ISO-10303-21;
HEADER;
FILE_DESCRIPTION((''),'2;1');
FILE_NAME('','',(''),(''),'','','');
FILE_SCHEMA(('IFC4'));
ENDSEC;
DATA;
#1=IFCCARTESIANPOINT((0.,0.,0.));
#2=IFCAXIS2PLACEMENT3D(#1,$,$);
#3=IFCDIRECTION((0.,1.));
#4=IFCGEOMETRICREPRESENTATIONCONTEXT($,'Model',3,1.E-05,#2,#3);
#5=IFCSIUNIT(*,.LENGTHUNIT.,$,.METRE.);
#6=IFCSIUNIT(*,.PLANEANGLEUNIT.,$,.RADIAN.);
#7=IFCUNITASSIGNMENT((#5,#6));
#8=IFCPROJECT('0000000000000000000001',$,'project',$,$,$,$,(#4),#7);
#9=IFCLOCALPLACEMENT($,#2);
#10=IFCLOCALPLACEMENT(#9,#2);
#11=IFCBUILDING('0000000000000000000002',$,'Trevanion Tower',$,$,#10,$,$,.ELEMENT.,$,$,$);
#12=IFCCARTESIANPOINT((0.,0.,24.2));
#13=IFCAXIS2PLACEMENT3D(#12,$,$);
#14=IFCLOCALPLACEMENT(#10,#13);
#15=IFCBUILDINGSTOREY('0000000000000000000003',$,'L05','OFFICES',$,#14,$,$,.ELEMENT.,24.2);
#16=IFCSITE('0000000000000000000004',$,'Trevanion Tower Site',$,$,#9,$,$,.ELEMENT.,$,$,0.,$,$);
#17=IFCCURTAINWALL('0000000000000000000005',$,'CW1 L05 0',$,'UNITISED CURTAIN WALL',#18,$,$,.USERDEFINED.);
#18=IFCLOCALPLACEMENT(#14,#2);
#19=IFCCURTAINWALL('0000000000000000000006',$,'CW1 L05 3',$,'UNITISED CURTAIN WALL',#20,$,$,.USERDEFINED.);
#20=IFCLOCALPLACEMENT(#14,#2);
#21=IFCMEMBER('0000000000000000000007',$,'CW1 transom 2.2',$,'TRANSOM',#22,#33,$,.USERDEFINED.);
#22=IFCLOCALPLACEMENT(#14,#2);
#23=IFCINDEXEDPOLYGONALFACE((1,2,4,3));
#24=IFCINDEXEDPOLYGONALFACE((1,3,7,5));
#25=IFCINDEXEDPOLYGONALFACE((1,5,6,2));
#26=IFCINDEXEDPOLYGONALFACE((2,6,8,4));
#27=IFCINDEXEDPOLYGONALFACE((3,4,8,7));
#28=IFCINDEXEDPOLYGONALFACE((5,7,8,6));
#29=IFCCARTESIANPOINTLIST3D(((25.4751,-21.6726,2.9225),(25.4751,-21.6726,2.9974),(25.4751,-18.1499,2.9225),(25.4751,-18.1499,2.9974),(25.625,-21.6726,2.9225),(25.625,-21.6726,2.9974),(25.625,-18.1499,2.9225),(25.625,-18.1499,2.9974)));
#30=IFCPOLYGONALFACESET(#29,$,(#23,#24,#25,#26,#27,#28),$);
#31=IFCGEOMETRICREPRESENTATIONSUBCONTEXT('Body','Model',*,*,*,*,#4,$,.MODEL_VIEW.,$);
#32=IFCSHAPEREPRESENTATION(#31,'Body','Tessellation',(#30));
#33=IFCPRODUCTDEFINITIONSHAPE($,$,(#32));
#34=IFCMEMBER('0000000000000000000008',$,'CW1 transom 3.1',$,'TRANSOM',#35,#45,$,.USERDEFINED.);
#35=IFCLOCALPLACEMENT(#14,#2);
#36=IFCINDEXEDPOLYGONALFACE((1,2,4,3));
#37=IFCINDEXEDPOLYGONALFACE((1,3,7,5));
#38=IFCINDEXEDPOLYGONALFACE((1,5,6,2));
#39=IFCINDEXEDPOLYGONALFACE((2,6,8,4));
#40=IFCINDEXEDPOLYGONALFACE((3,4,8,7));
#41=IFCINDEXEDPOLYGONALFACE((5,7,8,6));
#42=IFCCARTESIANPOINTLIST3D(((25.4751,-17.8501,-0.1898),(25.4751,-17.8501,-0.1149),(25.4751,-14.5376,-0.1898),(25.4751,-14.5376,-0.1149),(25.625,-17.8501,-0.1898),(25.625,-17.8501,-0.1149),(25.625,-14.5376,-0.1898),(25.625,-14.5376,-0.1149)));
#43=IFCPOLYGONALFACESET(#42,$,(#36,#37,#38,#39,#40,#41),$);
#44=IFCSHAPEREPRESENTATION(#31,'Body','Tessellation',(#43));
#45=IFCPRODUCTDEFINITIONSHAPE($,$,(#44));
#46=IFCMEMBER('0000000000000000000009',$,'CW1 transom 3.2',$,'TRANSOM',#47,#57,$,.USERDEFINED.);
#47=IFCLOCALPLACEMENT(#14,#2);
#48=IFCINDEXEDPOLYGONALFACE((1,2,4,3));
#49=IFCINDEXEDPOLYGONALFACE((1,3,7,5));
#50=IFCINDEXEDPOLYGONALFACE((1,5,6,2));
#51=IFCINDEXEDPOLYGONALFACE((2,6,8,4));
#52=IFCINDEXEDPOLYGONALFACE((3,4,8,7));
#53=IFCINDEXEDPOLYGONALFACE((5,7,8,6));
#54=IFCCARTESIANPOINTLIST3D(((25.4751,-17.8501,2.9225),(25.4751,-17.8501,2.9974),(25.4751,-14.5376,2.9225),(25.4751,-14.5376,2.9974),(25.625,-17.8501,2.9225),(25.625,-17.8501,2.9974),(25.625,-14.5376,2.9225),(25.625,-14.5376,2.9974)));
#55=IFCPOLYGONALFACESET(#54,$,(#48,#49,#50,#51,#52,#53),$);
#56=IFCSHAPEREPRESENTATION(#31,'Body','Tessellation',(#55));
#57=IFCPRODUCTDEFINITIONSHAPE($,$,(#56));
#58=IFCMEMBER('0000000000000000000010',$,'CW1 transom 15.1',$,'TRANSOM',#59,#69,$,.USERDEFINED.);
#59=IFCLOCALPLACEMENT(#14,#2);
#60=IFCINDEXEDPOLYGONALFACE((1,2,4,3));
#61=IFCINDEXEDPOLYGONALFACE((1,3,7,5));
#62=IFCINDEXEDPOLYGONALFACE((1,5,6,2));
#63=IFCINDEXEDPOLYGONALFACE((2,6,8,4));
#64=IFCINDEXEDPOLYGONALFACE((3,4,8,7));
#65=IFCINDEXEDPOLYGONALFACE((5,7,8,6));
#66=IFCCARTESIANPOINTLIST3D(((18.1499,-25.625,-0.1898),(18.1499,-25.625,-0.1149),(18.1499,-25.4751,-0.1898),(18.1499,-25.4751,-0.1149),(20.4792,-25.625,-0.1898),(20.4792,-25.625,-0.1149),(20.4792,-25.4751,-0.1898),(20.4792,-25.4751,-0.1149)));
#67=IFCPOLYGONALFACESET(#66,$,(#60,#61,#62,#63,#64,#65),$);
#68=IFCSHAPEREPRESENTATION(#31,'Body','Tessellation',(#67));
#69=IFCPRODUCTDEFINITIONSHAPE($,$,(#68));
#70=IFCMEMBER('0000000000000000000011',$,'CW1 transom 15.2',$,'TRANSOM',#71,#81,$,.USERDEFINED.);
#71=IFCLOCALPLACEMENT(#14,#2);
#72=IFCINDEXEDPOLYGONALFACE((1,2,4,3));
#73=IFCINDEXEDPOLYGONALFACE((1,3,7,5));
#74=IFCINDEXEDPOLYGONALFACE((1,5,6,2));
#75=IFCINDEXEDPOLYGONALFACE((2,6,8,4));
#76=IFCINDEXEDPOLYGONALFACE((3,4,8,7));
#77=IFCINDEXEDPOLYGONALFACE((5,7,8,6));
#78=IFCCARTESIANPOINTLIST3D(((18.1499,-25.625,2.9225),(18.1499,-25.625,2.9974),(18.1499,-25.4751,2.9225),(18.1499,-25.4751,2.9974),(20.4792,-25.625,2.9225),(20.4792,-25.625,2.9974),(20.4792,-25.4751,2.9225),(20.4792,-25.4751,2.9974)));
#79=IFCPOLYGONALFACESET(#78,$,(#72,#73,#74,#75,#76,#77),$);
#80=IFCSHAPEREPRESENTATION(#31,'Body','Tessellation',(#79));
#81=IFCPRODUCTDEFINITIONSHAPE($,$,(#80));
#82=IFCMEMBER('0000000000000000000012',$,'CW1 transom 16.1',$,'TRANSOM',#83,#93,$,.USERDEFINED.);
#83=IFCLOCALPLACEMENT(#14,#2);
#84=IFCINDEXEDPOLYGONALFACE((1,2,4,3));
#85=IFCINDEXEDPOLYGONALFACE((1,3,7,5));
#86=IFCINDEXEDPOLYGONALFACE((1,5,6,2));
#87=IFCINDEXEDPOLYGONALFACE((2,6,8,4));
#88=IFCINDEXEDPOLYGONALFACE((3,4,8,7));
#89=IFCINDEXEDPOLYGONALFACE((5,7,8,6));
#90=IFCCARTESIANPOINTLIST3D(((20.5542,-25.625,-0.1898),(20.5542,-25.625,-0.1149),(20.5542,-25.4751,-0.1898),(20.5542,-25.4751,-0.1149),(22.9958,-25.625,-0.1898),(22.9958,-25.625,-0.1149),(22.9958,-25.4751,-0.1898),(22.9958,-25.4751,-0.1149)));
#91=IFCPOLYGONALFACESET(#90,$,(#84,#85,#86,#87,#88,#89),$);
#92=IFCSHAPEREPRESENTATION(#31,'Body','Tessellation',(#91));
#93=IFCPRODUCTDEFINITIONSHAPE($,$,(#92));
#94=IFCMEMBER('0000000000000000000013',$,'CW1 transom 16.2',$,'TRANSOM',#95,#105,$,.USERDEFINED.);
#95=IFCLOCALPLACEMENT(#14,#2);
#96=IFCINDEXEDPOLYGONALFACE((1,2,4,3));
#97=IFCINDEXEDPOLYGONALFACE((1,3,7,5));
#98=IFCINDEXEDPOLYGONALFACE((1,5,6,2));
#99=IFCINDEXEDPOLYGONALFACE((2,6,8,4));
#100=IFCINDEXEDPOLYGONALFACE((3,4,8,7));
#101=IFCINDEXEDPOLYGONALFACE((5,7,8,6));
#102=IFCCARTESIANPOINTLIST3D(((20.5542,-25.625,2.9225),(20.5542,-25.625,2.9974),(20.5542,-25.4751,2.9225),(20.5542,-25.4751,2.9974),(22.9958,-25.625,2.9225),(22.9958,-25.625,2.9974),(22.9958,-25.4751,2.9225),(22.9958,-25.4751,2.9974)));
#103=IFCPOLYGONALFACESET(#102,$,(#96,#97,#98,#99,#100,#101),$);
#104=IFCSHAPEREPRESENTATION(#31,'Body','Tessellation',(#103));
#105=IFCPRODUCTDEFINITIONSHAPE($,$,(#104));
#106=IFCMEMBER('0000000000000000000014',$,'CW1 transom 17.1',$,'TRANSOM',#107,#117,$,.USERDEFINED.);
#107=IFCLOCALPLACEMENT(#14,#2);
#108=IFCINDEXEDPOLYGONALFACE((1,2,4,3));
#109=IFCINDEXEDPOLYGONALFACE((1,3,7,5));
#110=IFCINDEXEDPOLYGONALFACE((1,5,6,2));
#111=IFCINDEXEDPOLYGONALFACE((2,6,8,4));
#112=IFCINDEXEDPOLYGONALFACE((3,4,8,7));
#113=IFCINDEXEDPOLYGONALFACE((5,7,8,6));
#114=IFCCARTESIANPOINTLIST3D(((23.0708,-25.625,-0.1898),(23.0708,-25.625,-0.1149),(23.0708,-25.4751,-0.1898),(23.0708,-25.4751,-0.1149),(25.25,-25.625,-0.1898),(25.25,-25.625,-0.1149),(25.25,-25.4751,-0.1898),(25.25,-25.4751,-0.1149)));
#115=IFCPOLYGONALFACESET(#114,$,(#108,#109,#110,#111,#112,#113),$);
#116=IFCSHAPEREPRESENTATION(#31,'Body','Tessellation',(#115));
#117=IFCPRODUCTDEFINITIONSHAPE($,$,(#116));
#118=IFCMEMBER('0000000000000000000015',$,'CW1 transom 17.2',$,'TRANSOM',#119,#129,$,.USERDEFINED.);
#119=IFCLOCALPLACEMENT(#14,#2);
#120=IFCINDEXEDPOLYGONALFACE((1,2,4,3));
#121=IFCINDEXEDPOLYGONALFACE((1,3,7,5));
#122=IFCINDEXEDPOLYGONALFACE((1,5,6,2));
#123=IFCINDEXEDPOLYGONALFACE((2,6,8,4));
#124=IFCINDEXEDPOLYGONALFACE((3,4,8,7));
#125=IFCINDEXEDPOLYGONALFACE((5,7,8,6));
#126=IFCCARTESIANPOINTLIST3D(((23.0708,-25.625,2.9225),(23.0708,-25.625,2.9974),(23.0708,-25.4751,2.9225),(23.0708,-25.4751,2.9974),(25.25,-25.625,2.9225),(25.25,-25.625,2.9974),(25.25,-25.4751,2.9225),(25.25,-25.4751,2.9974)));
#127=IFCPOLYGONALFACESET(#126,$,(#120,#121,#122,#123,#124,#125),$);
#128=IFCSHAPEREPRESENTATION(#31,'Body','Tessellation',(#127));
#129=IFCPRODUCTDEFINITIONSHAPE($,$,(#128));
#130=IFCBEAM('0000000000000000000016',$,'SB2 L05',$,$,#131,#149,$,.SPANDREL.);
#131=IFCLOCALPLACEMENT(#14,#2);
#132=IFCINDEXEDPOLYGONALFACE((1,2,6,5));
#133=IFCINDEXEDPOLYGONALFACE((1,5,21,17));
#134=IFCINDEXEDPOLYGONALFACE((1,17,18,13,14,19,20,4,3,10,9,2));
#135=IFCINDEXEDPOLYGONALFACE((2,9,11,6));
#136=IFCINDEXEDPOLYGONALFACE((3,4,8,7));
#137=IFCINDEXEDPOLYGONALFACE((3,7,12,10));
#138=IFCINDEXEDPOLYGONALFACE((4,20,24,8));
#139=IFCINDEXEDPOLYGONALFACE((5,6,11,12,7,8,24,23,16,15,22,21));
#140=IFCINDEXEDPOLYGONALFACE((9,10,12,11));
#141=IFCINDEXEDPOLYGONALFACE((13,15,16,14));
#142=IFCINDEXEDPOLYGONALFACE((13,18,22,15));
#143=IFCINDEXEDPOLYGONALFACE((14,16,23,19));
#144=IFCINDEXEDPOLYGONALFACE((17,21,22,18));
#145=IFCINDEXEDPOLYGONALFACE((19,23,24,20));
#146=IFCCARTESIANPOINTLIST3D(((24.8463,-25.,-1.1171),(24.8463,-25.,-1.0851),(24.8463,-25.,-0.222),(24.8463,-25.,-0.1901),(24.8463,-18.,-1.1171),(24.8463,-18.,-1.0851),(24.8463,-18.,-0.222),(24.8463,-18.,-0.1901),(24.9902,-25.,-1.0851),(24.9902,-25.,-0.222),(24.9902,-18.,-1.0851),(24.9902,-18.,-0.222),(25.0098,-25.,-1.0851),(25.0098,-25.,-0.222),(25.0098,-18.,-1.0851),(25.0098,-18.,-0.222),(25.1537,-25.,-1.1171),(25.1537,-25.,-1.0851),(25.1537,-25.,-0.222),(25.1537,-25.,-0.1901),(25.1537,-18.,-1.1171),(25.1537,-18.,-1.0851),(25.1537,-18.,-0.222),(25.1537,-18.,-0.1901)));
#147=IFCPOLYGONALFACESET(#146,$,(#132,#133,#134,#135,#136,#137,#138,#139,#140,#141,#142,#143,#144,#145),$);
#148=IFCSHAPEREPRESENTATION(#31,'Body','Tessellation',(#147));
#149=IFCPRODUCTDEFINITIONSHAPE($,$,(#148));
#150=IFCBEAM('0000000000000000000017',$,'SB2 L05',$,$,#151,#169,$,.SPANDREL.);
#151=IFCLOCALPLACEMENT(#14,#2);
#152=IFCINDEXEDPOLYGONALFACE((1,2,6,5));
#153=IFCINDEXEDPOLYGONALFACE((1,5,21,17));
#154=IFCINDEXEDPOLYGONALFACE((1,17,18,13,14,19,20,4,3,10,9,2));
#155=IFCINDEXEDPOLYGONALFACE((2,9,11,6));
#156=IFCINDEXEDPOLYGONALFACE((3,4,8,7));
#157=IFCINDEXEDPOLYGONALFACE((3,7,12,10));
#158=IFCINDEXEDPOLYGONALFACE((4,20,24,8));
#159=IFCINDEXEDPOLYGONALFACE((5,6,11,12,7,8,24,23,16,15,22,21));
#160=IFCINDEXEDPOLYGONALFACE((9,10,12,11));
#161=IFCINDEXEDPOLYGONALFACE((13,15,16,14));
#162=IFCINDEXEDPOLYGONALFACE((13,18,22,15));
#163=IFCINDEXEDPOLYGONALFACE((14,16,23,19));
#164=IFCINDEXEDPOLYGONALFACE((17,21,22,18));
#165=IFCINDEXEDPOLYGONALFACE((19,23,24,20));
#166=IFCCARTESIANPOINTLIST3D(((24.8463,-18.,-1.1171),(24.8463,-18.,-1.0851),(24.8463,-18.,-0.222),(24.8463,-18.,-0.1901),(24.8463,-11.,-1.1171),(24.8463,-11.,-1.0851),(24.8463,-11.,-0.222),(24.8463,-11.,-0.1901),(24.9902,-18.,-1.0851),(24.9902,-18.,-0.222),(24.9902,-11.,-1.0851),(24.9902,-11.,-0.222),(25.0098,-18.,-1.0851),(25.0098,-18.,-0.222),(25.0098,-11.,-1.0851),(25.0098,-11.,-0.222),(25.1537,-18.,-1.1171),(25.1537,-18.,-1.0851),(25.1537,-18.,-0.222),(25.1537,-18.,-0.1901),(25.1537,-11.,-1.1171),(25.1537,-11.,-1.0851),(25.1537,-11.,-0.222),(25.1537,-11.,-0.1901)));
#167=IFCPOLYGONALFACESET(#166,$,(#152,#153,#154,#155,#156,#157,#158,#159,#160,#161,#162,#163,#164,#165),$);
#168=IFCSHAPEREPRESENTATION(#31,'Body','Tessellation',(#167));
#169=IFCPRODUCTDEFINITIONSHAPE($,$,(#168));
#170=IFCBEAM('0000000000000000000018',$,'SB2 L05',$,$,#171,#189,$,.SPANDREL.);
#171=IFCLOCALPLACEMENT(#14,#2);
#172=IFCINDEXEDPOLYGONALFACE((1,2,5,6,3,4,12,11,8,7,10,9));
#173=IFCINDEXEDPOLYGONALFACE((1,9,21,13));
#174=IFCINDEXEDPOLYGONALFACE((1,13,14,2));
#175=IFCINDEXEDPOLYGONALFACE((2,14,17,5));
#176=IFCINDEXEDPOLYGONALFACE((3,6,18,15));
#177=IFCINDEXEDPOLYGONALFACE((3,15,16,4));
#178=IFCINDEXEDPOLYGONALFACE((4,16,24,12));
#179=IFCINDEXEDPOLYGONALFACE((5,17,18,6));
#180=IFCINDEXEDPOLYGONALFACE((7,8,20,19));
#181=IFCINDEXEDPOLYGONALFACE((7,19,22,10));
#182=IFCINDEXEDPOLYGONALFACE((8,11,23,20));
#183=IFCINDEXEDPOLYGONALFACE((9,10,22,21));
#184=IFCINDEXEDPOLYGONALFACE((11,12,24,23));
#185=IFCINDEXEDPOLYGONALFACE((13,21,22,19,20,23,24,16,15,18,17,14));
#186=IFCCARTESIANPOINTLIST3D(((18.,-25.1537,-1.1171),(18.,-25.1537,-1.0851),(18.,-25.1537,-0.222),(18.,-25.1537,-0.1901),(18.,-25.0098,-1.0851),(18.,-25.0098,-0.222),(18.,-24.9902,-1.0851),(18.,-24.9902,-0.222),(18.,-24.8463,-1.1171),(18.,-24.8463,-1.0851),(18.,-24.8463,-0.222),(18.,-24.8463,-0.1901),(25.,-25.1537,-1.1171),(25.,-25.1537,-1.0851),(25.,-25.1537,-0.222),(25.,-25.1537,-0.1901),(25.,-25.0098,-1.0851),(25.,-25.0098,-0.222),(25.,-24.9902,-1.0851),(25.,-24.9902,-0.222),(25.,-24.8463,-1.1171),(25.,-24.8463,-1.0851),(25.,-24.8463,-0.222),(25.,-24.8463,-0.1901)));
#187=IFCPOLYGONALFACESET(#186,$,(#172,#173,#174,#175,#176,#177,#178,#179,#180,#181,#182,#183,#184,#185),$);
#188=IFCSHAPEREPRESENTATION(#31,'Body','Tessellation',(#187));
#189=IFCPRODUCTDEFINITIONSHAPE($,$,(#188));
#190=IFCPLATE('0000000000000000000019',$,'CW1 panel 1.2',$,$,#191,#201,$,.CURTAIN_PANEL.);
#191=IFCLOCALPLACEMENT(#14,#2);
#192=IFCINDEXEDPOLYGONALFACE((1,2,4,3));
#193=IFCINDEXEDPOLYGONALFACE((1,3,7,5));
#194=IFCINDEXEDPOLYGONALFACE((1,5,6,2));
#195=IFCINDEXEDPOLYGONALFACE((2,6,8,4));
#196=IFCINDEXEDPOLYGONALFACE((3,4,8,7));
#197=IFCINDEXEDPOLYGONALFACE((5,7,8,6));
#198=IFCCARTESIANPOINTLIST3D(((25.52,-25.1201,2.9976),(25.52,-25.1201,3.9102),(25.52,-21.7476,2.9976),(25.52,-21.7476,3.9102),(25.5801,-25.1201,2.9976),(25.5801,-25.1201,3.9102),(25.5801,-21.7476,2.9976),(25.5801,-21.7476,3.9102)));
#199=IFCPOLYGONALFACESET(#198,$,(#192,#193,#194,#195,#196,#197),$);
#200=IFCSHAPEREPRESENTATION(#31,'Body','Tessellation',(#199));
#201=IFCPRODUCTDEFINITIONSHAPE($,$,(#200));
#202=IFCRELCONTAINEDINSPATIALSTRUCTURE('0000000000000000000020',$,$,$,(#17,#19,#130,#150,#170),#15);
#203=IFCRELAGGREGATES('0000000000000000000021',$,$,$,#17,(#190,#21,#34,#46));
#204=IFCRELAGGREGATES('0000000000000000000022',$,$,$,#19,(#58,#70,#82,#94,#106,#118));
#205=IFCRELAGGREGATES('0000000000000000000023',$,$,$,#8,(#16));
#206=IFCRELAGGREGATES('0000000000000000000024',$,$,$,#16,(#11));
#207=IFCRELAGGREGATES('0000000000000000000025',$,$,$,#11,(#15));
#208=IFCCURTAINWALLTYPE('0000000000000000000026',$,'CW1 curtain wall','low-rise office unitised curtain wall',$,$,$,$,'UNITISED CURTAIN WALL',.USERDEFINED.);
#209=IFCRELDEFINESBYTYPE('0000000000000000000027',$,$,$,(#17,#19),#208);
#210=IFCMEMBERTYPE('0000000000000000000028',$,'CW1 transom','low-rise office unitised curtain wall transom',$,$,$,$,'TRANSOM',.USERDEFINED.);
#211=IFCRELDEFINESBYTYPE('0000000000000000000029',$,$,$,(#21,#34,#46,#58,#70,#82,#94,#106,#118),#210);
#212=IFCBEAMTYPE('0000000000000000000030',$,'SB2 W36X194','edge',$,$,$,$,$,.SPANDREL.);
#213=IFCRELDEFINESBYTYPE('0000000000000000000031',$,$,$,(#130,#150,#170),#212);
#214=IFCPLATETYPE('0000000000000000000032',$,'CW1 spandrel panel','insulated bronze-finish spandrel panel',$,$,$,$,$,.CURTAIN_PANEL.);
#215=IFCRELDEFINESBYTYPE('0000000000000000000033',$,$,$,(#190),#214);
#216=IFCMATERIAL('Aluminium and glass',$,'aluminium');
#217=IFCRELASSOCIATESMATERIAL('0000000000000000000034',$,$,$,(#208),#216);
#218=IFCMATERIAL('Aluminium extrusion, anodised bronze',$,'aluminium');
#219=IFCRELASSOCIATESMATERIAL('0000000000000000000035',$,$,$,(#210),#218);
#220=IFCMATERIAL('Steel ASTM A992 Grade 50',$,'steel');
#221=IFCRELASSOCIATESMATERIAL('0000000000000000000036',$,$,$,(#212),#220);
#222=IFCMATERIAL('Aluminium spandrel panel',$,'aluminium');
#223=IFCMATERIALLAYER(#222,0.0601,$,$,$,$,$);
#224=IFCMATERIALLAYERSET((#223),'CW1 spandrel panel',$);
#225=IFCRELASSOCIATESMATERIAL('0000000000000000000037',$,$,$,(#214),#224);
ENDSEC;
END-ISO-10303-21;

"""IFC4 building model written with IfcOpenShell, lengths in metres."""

from ifc_helpers import new_model, si_unit, direction, frame, origin, origin_2d, place, context, subcontext, project, spatial, rectangle, i_section, extrude, material, layer, layer_set, material_profile, profile_set, type_object, element, aggregate, save


model = new_model("IFC4")

# Units and contexts
model_context = context("Model", 3, precision=1e-05, world=origin(), true_north=direction((0.0, 1.0)))
body_context = subcontext(model_context, "Body", "Model", "MODEL_VIEW")
ifc_project = project(units=[si_unit("LENGTHUNIT", "METRE"), si_unit("PLANEANGLEUNIT", "RADIAN")], contexts=[model_context])

# Site, building, storey
site_placement = place(None, origin())
site = spatial("IfcSite", under=ifc_project, at=site_placement, Name="Trevanion Tower Site", CompositionType="ELEMENT", RefElevation=0.0)
building_placement = place(site_placement, origin())
building = spatial("IfcBuilding", under=site, at=building_placement, Name="Trevanion Tower", CompositionType="ELEMENT")
storey_placement = place(building_placement, frame((0.0, 0.0, 24.2)))
storey = spatial("IfcBuildingStorey", under=building, at=storey_placement, Name="L05", Description="OFFICES", CompositionType="ELEMENT", Elevation=24.2)

# Curtain wall
ifc_material_1 = material(Name="Aluminium and glass", Category="aluminium")
curtain_wall_type = type_object("IfcCurtainWallType", Name="CW1 curtain wall", Description="low-rise office unitised curtain wall", ElementType="UNITISED CURTAIN WALL", PredefinedType="USERDEFINED", material=ifc_material_1)
curtain_wall_1_placement = place(storey_placement, origin())
curtain_wall_1 = element("IfcCurtainWall", 1, at=curtain_wall_1_placement, inside=storey, type_object=curtain_wall_type, Name="CW1 L05 0", ObjectType="UNITISED CURTAIN WALL", PredefinedType="USERDEFINED")

# Curtain wall
curtain_wall_2_placement = place(storey_placement, origin())
curtain_wall_2 = element("IfcCurtainWall", 2, at=curtain_wall_2_placement, inside=storey, type_object=curtain_wall_type, Name="CW1 L05 3", ObjectType="UNITISED CURTAIN WALL", PredefinedType="USERDEFINED")

# Members
ifc_material_2 = material(Name="Aluminium extrusion, anodised bronze", Category="aluminium")
ifc_material_profile_1 = material_profile(ifc_material_2, rectangle(XDim=0.1499, YDim=0.075, at=origin_2d()), Name="CW1 transom")
ifc_profile_set_1 = profile_set([ifc_material_profile_1], Name="Aluminium extrusion, anodised bronze")
member_type_1 = type_object("IfcMemberType", Name="CW1 transom", Description="low-rise office unitised curtain wall transom", ElementType="TRANSOM", PredefinedType="USERDEFINED", material=ifc_profile_set_1)
member_1_placement = place(storey_placement, frame((25.55, -21.6726, 2.96), z_axis=(0.0, 1.0, 0.0), x_axis=(-1.0, 0.0, 0.0)))
member_1 = element("IfcMember", 3, at=member_1_placement, type_object=member_type_1, Name="CW1 transom 2.2", ObjectType="TRANSOM", PredefinedType="USERDEFINED", context=body_context, shape_type="SweptSolid", body=[
    extrude(rectangle(XDim=0.1499, YDim=0.075, at=origin_2d()), origin(), (0.0, 0.0, 1.0), 3.5227),
])
member_2_placement = place(storey_placement, frame((25.55, -17.8501, -0.1523), z_axis=(0.0, 1.0, 0.0), x_axis=(-1.0, 0.0, 0.0)))
member_2 = element("IfcMember", 4, at=member_2_placement, type_object=member_type_1, Name="CW1 transom 3.1", ObjectType="TRANSOM", PredefinedType="USERDEFINED", context=body_context, shape_type="SweptSolid", body=[
    extrude(rectangle(XDim=0.1499, YDim=0.075, at=origin_2d()), origin(), (0.0, 0.0, 1.0), 3.3125),
])
member_3_placement = place(storey_placement, frame((25.55, -17.8501, 2.96), z_axis=(0.0, 1.0, 0.0), x_axis=(-1.0, 0.0, 0.0)))
member_3 = element("IfcMember", 5, at=member_3_placement, type_object=member_type_1, Name="CW1 transom 3.2", ObjectType="TRANSOM", PredefinedType="USERDEFINED", context=body_context, shape_type="SweptSolid", body=[
    extrude(rectangle(XDim=0.1499, YDim=0.075, at=origin_2d()), origin(), (0.0, 0.0, 1.0), 3.3125),
])
member_4_placement = place(storey_placement, frame((18.1499, -25.55, -0.1523), z_axis=(1.0, 0.0, 0.0), x_axis=(0.0, 1.0, 0.0)))
member_4 = element("IfcMember", 6, at=member_4_placement, type_object=member_type_1, Name="CW1 transom 15.1", ObjectType="TRANSOM", PredefinedType="USERDEFINED", context=body_context, shape_type="SweptSolid", body=[
    extrude(rectangle(XDim=0.1499, YDim=0.075, at=origin_2d()), origin(), (0.0, 0.0, 1.0), 2.3293),
])
member_5_placement = place(storey_placement, frame((18.1499, -25.55, 2.96), z_axis=(1.0, 0.0, 0.0), x_axis=(0.0, 1.0, 0.0)))
member_5 = element("IfcMember", 7, at=member_5_placement, type_object=member_type_1, Name="CW1 transom 15.2", ObjectType="TRANSOM", PredefinedType="USERDEFINED", context=body_context, shape_type="SweptSolid", body=[
    extrude(rectangle(XDim=0.1499, YDim=0.075, at=origin_2d()), origin(), (0.0, 0.0, 1.0), 2.3293),
])
member_6_placement = place(storey_placement, frame((20.5542, -25.55, -0.1523), z_axis=(1.0, 0.0, 0.0), x_axis=(0.0, 1.0, 0.0)))
member_6 = element("IfcMember", 8, at=member_6_placement, type_object=member_type_1, Name="CW1 transom 16.1", ObjectType="TRANSOM", PredefinedType="USERDEFINED", context=body_context, shape_type="SweptSolid", body=[
    extrude(rectangle(XDim=0.1499, YDim=0.075, at=origin_2d()), origin(), (0.0, 0.0, 1.0), 2.4417),
])
member_7_placement = place(storey_placement, frame((20.5542, -25.55, 2.96), z_axis=(1.0, 0.0, 0.0), x_axis=(0.0, 1.0, 0.0)))
member_7 = element("IfcMember", 9, at=member_7_placement, type_object=member_type_1, Name="CW1 transom 16.2", ObjectType="TRANSOM", PredefinedType="USERDEFINED", context=body_context, shape_type="SweptSolid", body=[
    extrude(rectangle(XDim=0.1499, YDim=0.075, at=origin_2d()), origin(), (0.0, 0.0, 1.0), 2.4417),
])
member_8_placement = place(storey_placement, frame((23.0708, -25.55, -0.1523), z_axis=(1.0, 0.0, 0.0), x_axis=(0.0, 1.0, 0.0)))
member_8 = element("IfcMember", 10, at=member_8_placement, type_object=member_type_1, Name="CW1 transom 17.1", ObjectType="TRANSOM", PredefinedType="USERDEFINED", context=body_context, shape_type="SweptSolid", body=[
    extrude(rectangle(XDim=0.1499, YDim=0.075, at=origin_2d()), origin(), (0.0, 0.0, 1.0), 2.1792),
])
member_9_placement = place(storey_placement, frame((23.0708, -25.55, 2.96), z_axis=(1.0, 0.0, 0.0), x_axis=(0.0, 1.0, 0.0)))
member_9 = element("IfcMember", 11, at=member_9_placement, type_object=member_type_1, Name="CW1 transom 17.2", ObjectType="TRANSOM", PredefinedType="USERDEFINED", context=body_context, shape_type="SweptSolid", body=[
    extrude(rectangle(XDim=0.1499, YDim=0.075, at=origin_2d()), origin(), (0.0, 0.0, 1.0), 2.1792),
])

# Beams
ifc_material_3 = material(Name="Steel ASTM A992 Grade 50", Category="steel")
ifc_material_profile_2 = material_profile(ifc_material_3, i_section(OverallWidth=0.3074, OverallDepth=0.927, WebThickness=0.0195, FlangeThickness=0.032, at=origin_2d()), Name="W36X194")
ifc_profile_set_2 = profile_set([ifc_material_profile_2], Name="Steel ASTM A992 Grade 50")
beam_type = type_object("IfcBeamType", Name="SB2 W36X194", Description="edge", PredefinedType="SPANDREL", material=ifc_profile_set_2)
for number, where, z_axis, x_axis, name in (
    (12, (25.0, -25.0, -0.6536), (0.0, 1.0, 0.0), (-1.0, 0.0, 0.0), "SB2 L05"),
    (13, (25.0, -18.0, -0.6536), (0.0, 1.0, 0.0), (-1.0, 0.0, 0.0), "SB2 L05"),
    (14, (18.0, -25.0, -0.6536), (1.0, 0.0, 0.0), (0.0, 1.0, 0.0), "SB2 L05"),
):
    element("IfcBeam", number, at=place(storey_placement, frame(where, z_axis=z_axis, x_axis=x_axis)), inside=storey, type_object=beam_type, Name=name, PredefinedType="SPANDREL", context=body_context, shape_type="SweptSolid", body=[
        extrude(i_section(OverallWidth=0.3074, OverallDepth=0.927, WebThickness=0.0195, FlangeThickness=0.032, at=origin_2d()), origin(), (0.0, 0.0, 1.0), 7.0),
    ])

# Plate
ifc_material_4 = material(Name="Aluminium spandrel panel", Category="aluminium")
ifc_layer_1 = layer(ifc_material_4, 0.0601)
ifc_layer_set_1 = layer_set([ifc_layer_1], Name="CW1 spandrel panel")
plate_type_1 = type_object("IfcPlateType", Name="CW1 spandrel panel", Description="insulated bronze-finish spandrel panel", PredefinedType="CURTAIN_PANEL", material=ifc_layer_set_1)
plate_1_placement = place(storey_placement, frame((25.55, -23.4338, 2.9976), z_axis=(0.0, 0.0, 1.0), x_axis=(0.0, 1.0, 0.0)))
plate_1 = element("IfcPlate", 15, at=plate_1_placement, type_object=plate_type_1, Name="CW1 panel 1.2", PredefinedType="CURTAIN_PANEL", context=body_context, shape_type="SweptSolid", body=[
    extrude(rectangle(XDim=3.3726, YDim=0.0601, at=origin_2d()), origin(), (0.0, 0.0, 1.0), 0.9126),
])
aggregate(curtain_wall_1, [plate_1, member_1, member_2, member_3])
aggregate(curtain_wall_2, [member_4, member_5, member_6, member_7, member_8, member_9])

save(model, "model.ifc")
